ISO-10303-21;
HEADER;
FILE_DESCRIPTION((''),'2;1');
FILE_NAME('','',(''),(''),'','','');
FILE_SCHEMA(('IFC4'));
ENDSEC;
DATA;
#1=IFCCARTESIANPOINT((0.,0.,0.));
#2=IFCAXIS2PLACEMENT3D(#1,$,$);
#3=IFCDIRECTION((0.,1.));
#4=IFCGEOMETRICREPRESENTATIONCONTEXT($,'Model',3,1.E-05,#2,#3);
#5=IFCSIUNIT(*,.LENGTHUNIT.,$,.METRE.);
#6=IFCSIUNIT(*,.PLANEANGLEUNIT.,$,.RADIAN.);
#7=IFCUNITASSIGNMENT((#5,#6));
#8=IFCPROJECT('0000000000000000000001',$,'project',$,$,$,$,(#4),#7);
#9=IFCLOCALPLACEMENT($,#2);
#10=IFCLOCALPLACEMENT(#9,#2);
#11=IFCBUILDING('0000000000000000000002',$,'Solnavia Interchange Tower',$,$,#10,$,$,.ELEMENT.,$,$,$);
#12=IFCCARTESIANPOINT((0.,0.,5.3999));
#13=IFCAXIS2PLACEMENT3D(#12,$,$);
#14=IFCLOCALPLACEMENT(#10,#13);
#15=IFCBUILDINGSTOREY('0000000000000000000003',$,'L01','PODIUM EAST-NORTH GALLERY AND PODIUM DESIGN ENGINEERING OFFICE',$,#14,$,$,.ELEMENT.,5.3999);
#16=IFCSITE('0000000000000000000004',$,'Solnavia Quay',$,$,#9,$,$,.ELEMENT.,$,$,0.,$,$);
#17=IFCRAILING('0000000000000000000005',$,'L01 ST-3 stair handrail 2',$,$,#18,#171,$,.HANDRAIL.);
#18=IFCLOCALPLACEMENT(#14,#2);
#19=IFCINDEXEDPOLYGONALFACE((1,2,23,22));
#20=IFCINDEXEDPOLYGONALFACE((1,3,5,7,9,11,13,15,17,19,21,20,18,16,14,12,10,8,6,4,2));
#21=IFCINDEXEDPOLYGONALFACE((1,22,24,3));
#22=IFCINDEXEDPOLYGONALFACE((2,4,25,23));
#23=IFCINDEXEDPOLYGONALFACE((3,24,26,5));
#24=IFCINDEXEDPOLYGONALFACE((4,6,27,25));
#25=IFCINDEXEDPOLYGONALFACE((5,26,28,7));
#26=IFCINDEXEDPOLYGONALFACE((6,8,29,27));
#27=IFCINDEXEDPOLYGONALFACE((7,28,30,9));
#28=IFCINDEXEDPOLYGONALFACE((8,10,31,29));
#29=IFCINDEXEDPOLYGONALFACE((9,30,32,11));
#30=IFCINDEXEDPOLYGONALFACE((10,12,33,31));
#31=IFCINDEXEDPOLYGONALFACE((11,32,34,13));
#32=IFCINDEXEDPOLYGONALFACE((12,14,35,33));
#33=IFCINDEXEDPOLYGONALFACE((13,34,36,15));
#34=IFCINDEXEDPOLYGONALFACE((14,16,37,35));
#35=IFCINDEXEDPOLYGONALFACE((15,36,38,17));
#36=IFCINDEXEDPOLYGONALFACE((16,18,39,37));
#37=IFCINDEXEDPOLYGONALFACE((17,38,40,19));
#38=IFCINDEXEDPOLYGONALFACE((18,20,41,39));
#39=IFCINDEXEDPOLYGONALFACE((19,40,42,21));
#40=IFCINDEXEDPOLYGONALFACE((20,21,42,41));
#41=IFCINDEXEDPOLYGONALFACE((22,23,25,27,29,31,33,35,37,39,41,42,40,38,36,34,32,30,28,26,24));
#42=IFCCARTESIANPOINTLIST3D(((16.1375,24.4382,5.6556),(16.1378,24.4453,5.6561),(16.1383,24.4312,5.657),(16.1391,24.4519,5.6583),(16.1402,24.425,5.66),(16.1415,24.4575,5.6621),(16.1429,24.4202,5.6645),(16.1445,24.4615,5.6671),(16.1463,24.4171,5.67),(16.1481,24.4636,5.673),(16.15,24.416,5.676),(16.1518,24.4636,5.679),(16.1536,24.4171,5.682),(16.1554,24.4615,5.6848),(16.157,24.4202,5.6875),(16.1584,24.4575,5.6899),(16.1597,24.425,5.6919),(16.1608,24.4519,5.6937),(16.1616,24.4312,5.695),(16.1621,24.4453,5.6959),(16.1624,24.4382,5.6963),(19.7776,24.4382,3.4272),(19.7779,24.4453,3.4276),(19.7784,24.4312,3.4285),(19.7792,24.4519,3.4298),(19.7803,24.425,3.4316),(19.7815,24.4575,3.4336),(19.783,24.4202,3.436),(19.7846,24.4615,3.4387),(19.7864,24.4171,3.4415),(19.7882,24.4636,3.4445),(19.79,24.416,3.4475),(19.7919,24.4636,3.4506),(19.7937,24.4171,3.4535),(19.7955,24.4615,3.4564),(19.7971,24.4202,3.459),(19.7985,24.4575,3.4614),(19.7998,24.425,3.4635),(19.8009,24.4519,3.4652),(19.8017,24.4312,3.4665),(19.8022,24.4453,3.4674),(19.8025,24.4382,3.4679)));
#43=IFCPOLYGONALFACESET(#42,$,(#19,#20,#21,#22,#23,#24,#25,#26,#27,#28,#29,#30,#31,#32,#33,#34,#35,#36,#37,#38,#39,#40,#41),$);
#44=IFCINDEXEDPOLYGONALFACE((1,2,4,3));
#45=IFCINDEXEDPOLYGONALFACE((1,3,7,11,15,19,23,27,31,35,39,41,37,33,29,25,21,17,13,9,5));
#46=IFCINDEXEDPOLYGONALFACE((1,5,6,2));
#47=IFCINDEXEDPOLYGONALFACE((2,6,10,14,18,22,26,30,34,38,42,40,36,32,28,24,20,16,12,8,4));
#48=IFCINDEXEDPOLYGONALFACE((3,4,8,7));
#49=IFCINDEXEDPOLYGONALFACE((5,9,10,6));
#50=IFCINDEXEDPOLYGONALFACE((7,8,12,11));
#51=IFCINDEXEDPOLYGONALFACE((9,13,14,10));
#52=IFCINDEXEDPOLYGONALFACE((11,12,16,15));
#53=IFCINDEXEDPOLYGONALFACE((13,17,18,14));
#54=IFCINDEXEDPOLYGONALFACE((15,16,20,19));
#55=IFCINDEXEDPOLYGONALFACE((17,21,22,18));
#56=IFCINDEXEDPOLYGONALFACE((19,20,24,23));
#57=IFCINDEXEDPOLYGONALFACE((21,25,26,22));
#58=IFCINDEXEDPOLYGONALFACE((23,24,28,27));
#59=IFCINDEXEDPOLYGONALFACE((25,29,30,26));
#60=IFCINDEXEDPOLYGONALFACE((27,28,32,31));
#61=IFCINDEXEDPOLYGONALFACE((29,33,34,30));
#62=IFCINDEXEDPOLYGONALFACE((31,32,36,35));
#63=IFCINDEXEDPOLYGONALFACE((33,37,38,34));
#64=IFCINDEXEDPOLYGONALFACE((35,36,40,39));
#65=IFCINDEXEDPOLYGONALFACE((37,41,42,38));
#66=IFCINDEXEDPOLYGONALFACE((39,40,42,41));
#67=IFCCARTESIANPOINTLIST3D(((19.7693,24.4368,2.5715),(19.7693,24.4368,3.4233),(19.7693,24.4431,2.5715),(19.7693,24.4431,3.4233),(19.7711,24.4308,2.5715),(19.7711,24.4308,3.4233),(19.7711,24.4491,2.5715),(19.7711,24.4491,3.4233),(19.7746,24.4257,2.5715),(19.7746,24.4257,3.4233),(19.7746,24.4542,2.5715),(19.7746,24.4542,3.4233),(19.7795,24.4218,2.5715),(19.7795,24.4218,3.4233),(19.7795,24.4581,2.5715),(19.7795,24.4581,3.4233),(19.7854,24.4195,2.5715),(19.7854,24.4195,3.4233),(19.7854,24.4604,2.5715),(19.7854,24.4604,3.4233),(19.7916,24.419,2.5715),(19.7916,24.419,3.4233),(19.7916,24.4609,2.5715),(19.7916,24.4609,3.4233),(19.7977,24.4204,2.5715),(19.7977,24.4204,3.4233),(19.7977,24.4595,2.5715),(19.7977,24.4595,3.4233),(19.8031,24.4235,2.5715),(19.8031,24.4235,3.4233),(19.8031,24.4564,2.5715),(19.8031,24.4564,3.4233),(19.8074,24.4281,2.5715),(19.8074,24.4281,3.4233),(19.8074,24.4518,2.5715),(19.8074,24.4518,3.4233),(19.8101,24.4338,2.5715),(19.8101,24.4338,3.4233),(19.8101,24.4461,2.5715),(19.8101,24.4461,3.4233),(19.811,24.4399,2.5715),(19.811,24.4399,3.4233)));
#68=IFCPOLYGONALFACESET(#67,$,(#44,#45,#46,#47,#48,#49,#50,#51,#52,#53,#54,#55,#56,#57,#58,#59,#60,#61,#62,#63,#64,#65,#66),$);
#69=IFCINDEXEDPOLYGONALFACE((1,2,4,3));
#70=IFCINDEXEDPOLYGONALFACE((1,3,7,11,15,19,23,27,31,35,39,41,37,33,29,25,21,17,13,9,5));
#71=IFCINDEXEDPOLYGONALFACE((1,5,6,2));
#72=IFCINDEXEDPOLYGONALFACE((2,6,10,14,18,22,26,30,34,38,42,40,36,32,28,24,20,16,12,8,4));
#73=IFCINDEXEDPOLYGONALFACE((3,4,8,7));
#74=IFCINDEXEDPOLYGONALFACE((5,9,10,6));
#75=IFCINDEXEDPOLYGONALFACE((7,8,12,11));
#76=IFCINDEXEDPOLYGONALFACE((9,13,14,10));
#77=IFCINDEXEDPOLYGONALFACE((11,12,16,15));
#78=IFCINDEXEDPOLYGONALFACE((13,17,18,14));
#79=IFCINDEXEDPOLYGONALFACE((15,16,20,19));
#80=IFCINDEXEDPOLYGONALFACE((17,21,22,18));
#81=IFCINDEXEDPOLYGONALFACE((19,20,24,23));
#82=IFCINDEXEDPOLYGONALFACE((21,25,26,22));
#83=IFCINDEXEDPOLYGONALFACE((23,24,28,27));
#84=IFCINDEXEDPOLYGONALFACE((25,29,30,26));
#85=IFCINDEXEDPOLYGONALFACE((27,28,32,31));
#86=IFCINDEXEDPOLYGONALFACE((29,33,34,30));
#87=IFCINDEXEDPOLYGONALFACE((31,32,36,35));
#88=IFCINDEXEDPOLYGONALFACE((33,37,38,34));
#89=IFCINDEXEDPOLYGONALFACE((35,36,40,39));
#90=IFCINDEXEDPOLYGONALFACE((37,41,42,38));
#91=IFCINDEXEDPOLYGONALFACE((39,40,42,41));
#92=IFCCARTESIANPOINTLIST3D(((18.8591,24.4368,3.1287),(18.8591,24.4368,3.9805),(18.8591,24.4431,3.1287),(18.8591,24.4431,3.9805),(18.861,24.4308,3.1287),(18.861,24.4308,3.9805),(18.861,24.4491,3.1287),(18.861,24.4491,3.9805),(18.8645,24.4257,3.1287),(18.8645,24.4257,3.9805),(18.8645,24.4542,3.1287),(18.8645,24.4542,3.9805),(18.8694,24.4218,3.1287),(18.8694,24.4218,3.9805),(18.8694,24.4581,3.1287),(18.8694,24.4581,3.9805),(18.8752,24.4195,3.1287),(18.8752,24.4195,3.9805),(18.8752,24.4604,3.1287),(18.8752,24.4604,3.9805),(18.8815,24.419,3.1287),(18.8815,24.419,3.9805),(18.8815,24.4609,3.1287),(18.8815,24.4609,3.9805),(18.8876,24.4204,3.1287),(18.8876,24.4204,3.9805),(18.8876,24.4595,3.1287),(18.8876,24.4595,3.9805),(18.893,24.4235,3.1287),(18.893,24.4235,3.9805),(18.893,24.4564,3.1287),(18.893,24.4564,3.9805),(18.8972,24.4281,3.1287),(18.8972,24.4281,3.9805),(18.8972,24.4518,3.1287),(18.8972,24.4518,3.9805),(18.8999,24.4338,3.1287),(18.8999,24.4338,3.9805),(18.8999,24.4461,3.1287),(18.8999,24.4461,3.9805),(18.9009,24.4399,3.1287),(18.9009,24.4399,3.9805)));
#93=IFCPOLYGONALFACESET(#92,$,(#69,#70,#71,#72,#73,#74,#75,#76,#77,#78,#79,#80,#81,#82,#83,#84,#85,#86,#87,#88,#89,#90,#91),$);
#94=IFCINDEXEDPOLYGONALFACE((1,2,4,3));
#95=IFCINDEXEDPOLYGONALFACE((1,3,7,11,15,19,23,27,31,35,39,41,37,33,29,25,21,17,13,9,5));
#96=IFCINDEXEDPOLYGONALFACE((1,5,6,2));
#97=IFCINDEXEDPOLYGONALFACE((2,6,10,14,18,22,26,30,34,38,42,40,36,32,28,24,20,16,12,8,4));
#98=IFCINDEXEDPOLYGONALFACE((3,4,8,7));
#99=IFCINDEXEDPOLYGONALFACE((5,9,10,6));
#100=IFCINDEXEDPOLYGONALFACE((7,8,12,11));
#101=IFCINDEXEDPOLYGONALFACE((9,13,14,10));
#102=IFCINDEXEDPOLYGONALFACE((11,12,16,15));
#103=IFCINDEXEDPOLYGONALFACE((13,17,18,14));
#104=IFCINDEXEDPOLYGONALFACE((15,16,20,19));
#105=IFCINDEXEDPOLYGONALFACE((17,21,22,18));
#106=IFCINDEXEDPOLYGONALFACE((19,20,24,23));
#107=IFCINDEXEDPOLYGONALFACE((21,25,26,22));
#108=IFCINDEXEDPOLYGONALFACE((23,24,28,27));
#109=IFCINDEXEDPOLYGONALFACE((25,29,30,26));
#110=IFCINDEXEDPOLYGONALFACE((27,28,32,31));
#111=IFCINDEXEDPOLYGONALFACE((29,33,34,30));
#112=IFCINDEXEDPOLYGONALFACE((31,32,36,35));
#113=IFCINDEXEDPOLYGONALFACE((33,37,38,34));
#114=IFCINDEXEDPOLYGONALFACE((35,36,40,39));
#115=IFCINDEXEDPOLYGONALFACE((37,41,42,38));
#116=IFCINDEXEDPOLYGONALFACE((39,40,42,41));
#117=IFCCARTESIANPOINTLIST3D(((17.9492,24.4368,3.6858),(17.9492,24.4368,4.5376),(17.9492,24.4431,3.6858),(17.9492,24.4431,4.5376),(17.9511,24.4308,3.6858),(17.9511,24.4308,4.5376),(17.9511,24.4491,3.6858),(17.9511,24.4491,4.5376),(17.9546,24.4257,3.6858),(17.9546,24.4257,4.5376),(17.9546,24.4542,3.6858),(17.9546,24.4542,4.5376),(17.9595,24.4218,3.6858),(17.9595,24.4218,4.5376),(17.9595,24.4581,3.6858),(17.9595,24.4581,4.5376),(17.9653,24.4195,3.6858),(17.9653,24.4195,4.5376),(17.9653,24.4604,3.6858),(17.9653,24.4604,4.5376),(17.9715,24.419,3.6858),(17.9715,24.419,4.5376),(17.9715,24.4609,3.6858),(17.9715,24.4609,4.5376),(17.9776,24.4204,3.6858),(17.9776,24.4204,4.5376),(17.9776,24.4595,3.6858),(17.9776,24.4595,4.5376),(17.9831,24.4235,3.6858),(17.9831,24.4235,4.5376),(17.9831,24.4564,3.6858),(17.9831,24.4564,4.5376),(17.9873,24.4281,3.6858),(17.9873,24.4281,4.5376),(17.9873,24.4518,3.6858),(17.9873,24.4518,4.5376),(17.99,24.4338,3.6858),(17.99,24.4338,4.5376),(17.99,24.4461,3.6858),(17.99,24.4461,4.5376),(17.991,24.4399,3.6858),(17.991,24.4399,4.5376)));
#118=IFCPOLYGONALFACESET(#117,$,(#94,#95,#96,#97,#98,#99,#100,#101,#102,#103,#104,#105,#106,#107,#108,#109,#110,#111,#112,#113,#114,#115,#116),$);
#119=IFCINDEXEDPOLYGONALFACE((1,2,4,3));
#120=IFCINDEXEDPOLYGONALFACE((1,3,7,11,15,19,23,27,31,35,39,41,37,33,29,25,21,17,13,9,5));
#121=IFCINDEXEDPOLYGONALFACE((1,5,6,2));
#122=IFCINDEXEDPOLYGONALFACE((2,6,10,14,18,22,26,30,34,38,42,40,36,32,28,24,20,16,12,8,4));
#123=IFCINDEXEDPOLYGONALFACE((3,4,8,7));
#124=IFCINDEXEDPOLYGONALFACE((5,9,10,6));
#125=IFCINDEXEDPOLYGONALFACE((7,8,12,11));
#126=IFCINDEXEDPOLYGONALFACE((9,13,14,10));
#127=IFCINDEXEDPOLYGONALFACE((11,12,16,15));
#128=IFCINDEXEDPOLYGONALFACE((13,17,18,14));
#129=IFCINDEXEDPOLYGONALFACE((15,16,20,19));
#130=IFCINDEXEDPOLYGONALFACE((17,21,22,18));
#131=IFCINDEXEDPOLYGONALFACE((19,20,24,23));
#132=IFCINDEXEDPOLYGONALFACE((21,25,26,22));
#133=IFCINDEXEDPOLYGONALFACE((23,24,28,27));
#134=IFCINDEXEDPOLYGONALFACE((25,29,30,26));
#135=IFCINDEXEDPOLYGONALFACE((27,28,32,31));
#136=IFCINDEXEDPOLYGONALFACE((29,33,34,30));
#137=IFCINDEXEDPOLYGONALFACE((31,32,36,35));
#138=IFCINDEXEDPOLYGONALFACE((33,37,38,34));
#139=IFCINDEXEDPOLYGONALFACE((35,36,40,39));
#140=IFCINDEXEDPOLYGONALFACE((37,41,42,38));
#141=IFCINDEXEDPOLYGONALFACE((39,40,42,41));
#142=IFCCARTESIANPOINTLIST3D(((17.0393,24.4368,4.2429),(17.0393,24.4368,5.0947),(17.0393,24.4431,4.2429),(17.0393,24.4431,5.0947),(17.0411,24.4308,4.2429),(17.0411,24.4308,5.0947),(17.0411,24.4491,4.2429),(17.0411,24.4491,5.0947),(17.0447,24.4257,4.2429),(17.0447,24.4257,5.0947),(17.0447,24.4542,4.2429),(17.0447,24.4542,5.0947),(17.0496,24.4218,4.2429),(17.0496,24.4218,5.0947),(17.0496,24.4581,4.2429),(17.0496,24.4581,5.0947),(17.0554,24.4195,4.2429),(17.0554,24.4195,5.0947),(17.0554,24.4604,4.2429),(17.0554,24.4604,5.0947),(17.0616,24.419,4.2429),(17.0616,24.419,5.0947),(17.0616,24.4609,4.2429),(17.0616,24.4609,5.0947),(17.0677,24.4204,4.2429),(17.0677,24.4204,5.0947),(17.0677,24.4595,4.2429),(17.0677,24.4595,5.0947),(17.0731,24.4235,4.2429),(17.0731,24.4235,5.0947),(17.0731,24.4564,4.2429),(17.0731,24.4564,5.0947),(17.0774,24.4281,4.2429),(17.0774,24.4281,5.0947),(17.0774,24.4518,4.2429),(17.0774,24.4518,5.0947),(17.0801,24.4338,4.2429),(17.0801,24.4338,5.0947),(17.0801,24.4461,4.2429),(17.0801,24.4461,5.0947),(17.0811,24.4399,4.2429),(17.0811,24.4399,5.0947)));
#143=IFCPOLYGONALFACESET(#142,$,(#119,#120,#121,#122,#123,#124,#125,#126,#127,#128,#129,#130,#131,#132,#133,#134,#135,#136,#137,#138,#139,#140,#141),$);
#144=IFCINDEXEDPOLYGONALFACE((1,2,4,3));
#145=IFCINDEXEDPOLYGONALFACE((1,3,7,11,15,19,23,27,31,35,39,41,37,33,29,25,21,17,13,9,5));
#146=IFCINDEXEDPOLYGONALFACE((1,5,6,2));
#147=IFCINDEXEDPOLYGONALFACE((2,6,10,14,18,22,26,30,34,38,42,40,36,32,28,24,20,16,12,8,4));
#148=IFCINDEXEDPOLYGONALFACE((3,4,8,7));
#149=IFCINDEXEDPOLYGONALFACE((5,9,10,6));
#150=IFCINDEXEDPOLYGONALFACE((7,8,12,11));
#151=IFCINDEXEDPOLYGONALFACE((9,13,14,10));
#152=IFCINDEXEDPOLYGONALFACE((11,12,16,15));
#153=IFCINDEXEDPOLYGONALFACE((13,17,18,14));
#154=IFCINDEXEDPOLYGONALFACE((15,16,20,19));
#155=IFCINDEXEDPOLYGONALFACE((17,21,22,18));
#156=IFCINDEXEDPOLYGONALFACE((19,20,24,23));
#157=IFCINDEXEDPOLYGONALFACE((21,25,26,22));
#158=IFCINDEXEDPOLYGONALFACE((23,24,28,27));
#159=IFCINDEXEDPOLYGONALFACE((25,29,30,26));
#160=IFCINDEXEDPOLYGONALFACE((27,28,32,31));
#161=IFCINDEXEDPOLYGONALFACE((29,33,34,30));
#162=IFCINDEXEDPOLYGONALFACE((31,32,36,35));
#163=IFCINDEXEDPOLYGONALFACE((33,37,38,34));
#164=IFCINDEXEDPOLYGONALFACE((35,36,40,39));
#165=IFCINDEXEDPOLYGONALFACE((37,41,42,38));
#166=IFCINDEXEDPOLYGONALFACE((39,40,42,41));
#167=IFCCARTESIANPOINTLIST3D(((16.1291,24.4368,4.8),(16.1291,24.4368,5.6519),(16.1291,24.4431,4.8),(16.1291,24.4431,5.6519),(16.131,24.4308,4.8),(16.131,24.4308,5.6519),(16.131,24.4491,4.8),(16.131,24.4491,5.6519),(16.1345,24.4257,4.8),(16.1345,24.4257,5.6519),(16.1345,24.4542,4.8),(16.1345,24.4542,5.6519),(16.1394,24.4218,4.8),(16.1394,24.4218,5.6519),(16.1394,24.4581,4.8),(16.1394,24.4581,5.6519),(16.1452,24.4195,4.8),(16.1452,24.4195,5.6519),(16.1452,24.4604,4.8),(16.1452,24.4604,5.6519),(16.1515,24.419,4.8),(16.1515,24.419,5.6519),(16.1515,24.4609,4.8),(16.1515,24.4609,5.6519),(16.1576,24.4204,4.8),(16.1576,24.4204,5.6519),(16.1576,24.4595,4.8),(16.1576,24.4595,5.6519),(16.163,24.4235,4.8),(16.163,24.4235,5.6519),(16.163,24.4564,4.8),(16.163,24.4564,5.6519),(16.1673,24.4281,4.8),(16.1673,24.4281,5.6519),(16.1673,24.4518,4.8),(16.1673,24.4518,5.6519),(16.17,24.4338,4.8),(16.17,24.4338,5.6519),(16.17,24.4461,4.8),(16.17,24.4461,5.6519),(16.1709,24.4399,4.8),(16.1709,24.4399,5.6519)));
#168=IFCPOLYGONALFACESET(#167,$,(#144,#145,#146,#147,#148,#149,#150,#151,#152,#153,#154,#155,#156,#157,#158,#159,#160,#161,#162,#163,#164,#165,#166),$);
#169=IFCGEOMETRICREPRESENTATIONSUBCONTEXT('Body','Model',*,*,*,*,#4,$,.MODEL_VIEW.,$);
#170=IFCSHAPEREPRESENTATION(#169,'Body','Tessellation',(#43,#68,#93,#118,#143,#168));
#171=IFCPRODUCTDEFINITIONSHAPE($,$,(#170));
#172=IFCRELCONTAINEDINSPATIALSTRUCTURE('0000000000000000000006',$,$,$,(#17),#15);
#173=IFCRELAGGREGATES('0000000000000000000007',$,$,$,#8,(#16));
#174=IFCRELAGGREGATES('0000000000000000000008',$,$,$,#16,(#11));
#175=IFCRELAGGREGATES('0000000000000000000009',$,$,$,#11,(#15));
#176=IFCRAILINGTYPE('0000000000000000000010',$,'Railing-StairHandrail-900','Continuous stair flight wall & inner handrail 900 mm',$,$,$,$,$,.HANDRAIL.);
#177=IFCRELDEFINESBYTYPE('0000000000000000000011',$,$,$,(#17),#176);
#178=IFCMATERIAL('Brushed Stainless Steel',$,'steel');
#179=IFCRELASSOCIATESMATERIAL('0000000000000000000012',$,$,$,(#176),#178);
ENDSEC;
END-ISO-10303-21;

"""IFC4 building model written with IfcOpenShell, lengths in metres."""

from ifc_helpers import new_model, si_unit, direction, frame, origin, origin_2d, place, context, subcontext, project, spatial, circle, extrude, material, type_object, element, save


model = new_model("IFC4")

# Units and contexts
model_context = context("Model", 3, precision=1e-05, world=origin(), true_north=direction((0.0, 1.0)))
body_context = subcontext(model_context, "Body", "Model", "MODEL_VIEW")
ifc_project = project(units=[si_unit("LENGTHUNIT", "METRE"), si_unit("PLANEANGLEUNIT", "RADIAN")], contexts=[model_context])

# Site, building, storey
site_placement = place(None, origin())
site = spatial("IfcSite", under=ifc_project, at=site_placement, Name="Solnavia Quay", CompositionType="ELEMENT", RefElevation=0.0)
building_placement = place(site_placement, origin())
building = spatial("IfcBuilding", under=site, at=building_placement, Name="Solnavia Interchange Tower", CompositionType="ELEMENT")
storey_placement = place(building_placement, frame((0.0, 0.0, 5.3999)))
storey = spatial("IfcBuildingStorey", under=building, at=storey_placement, Name="L01", Description="PODIUM EAST-NORTH GALLERY AND PODIUM DESIGN ENGINEERING OFFICE", CompositionType="ELEMENT", Elevation=5.3999)

# Railing
ifc_material_1 = material(Name="Brushed Stainless Steel", Category="steel")
railing_type_1 = type_object("IfcRailingType", Name="Railing-StairHandrail-900", Description="Continuous stair flight wall & inner handrail 900 mm", PredefinedType="HANDRAIL", material=ifc_material_1)
railing_1_placement = place(storey_placement, frame((19.79, 24.4399, 2.5715)))
element("IfcRailing", 1, at=railing_1_placement, inside=storey, type_object=railing_type_1, Name="L01 ST-3 stair handrail 2", PredefinedType="HANDRAIL", context=body_context, shape_type="SweptSolid", body=[
    extrude(circle(Radius=0.0239, at=origin_2d()), frame((0.0, 0.0, 0.876), z_axis=(-0.852866, 0.0, 0.52213), x_axis=(0.0, -1.0, 0.0)), (0.0, 0.0, 1.0), 4.2681),
    extrude(circle(Radius=0.021, at=origin_2d()), origin(), (0.0, 0.0, 1.0), 0.8518),
    extrude(circle(Radius=0.021, at=origin_2d()), frame((-0.9102, 0.0, 0.5571)), (0.0, 0.0, 1.0), 0.8518),
    extrude(circle(Radius=0.021, at=origin_2d()), frame((-1.8201, 0.0, 1.1143)), (0.0, 0.0, 1.0), 0.8518),
    extrude(circle(Radius=0.021, at=origin_2d()), frame((-2.73, 0.0, 1.6714)), (0.0, 0.0, 1.0), 0.8518),
    extrude(circle(Radius=0.021, at=origin_2d()), frame((-3.6401, 0.0, 2.2285)), (0.0, 0.0, 1.0), 0.8518),
])

save(model, "model.ifc")
